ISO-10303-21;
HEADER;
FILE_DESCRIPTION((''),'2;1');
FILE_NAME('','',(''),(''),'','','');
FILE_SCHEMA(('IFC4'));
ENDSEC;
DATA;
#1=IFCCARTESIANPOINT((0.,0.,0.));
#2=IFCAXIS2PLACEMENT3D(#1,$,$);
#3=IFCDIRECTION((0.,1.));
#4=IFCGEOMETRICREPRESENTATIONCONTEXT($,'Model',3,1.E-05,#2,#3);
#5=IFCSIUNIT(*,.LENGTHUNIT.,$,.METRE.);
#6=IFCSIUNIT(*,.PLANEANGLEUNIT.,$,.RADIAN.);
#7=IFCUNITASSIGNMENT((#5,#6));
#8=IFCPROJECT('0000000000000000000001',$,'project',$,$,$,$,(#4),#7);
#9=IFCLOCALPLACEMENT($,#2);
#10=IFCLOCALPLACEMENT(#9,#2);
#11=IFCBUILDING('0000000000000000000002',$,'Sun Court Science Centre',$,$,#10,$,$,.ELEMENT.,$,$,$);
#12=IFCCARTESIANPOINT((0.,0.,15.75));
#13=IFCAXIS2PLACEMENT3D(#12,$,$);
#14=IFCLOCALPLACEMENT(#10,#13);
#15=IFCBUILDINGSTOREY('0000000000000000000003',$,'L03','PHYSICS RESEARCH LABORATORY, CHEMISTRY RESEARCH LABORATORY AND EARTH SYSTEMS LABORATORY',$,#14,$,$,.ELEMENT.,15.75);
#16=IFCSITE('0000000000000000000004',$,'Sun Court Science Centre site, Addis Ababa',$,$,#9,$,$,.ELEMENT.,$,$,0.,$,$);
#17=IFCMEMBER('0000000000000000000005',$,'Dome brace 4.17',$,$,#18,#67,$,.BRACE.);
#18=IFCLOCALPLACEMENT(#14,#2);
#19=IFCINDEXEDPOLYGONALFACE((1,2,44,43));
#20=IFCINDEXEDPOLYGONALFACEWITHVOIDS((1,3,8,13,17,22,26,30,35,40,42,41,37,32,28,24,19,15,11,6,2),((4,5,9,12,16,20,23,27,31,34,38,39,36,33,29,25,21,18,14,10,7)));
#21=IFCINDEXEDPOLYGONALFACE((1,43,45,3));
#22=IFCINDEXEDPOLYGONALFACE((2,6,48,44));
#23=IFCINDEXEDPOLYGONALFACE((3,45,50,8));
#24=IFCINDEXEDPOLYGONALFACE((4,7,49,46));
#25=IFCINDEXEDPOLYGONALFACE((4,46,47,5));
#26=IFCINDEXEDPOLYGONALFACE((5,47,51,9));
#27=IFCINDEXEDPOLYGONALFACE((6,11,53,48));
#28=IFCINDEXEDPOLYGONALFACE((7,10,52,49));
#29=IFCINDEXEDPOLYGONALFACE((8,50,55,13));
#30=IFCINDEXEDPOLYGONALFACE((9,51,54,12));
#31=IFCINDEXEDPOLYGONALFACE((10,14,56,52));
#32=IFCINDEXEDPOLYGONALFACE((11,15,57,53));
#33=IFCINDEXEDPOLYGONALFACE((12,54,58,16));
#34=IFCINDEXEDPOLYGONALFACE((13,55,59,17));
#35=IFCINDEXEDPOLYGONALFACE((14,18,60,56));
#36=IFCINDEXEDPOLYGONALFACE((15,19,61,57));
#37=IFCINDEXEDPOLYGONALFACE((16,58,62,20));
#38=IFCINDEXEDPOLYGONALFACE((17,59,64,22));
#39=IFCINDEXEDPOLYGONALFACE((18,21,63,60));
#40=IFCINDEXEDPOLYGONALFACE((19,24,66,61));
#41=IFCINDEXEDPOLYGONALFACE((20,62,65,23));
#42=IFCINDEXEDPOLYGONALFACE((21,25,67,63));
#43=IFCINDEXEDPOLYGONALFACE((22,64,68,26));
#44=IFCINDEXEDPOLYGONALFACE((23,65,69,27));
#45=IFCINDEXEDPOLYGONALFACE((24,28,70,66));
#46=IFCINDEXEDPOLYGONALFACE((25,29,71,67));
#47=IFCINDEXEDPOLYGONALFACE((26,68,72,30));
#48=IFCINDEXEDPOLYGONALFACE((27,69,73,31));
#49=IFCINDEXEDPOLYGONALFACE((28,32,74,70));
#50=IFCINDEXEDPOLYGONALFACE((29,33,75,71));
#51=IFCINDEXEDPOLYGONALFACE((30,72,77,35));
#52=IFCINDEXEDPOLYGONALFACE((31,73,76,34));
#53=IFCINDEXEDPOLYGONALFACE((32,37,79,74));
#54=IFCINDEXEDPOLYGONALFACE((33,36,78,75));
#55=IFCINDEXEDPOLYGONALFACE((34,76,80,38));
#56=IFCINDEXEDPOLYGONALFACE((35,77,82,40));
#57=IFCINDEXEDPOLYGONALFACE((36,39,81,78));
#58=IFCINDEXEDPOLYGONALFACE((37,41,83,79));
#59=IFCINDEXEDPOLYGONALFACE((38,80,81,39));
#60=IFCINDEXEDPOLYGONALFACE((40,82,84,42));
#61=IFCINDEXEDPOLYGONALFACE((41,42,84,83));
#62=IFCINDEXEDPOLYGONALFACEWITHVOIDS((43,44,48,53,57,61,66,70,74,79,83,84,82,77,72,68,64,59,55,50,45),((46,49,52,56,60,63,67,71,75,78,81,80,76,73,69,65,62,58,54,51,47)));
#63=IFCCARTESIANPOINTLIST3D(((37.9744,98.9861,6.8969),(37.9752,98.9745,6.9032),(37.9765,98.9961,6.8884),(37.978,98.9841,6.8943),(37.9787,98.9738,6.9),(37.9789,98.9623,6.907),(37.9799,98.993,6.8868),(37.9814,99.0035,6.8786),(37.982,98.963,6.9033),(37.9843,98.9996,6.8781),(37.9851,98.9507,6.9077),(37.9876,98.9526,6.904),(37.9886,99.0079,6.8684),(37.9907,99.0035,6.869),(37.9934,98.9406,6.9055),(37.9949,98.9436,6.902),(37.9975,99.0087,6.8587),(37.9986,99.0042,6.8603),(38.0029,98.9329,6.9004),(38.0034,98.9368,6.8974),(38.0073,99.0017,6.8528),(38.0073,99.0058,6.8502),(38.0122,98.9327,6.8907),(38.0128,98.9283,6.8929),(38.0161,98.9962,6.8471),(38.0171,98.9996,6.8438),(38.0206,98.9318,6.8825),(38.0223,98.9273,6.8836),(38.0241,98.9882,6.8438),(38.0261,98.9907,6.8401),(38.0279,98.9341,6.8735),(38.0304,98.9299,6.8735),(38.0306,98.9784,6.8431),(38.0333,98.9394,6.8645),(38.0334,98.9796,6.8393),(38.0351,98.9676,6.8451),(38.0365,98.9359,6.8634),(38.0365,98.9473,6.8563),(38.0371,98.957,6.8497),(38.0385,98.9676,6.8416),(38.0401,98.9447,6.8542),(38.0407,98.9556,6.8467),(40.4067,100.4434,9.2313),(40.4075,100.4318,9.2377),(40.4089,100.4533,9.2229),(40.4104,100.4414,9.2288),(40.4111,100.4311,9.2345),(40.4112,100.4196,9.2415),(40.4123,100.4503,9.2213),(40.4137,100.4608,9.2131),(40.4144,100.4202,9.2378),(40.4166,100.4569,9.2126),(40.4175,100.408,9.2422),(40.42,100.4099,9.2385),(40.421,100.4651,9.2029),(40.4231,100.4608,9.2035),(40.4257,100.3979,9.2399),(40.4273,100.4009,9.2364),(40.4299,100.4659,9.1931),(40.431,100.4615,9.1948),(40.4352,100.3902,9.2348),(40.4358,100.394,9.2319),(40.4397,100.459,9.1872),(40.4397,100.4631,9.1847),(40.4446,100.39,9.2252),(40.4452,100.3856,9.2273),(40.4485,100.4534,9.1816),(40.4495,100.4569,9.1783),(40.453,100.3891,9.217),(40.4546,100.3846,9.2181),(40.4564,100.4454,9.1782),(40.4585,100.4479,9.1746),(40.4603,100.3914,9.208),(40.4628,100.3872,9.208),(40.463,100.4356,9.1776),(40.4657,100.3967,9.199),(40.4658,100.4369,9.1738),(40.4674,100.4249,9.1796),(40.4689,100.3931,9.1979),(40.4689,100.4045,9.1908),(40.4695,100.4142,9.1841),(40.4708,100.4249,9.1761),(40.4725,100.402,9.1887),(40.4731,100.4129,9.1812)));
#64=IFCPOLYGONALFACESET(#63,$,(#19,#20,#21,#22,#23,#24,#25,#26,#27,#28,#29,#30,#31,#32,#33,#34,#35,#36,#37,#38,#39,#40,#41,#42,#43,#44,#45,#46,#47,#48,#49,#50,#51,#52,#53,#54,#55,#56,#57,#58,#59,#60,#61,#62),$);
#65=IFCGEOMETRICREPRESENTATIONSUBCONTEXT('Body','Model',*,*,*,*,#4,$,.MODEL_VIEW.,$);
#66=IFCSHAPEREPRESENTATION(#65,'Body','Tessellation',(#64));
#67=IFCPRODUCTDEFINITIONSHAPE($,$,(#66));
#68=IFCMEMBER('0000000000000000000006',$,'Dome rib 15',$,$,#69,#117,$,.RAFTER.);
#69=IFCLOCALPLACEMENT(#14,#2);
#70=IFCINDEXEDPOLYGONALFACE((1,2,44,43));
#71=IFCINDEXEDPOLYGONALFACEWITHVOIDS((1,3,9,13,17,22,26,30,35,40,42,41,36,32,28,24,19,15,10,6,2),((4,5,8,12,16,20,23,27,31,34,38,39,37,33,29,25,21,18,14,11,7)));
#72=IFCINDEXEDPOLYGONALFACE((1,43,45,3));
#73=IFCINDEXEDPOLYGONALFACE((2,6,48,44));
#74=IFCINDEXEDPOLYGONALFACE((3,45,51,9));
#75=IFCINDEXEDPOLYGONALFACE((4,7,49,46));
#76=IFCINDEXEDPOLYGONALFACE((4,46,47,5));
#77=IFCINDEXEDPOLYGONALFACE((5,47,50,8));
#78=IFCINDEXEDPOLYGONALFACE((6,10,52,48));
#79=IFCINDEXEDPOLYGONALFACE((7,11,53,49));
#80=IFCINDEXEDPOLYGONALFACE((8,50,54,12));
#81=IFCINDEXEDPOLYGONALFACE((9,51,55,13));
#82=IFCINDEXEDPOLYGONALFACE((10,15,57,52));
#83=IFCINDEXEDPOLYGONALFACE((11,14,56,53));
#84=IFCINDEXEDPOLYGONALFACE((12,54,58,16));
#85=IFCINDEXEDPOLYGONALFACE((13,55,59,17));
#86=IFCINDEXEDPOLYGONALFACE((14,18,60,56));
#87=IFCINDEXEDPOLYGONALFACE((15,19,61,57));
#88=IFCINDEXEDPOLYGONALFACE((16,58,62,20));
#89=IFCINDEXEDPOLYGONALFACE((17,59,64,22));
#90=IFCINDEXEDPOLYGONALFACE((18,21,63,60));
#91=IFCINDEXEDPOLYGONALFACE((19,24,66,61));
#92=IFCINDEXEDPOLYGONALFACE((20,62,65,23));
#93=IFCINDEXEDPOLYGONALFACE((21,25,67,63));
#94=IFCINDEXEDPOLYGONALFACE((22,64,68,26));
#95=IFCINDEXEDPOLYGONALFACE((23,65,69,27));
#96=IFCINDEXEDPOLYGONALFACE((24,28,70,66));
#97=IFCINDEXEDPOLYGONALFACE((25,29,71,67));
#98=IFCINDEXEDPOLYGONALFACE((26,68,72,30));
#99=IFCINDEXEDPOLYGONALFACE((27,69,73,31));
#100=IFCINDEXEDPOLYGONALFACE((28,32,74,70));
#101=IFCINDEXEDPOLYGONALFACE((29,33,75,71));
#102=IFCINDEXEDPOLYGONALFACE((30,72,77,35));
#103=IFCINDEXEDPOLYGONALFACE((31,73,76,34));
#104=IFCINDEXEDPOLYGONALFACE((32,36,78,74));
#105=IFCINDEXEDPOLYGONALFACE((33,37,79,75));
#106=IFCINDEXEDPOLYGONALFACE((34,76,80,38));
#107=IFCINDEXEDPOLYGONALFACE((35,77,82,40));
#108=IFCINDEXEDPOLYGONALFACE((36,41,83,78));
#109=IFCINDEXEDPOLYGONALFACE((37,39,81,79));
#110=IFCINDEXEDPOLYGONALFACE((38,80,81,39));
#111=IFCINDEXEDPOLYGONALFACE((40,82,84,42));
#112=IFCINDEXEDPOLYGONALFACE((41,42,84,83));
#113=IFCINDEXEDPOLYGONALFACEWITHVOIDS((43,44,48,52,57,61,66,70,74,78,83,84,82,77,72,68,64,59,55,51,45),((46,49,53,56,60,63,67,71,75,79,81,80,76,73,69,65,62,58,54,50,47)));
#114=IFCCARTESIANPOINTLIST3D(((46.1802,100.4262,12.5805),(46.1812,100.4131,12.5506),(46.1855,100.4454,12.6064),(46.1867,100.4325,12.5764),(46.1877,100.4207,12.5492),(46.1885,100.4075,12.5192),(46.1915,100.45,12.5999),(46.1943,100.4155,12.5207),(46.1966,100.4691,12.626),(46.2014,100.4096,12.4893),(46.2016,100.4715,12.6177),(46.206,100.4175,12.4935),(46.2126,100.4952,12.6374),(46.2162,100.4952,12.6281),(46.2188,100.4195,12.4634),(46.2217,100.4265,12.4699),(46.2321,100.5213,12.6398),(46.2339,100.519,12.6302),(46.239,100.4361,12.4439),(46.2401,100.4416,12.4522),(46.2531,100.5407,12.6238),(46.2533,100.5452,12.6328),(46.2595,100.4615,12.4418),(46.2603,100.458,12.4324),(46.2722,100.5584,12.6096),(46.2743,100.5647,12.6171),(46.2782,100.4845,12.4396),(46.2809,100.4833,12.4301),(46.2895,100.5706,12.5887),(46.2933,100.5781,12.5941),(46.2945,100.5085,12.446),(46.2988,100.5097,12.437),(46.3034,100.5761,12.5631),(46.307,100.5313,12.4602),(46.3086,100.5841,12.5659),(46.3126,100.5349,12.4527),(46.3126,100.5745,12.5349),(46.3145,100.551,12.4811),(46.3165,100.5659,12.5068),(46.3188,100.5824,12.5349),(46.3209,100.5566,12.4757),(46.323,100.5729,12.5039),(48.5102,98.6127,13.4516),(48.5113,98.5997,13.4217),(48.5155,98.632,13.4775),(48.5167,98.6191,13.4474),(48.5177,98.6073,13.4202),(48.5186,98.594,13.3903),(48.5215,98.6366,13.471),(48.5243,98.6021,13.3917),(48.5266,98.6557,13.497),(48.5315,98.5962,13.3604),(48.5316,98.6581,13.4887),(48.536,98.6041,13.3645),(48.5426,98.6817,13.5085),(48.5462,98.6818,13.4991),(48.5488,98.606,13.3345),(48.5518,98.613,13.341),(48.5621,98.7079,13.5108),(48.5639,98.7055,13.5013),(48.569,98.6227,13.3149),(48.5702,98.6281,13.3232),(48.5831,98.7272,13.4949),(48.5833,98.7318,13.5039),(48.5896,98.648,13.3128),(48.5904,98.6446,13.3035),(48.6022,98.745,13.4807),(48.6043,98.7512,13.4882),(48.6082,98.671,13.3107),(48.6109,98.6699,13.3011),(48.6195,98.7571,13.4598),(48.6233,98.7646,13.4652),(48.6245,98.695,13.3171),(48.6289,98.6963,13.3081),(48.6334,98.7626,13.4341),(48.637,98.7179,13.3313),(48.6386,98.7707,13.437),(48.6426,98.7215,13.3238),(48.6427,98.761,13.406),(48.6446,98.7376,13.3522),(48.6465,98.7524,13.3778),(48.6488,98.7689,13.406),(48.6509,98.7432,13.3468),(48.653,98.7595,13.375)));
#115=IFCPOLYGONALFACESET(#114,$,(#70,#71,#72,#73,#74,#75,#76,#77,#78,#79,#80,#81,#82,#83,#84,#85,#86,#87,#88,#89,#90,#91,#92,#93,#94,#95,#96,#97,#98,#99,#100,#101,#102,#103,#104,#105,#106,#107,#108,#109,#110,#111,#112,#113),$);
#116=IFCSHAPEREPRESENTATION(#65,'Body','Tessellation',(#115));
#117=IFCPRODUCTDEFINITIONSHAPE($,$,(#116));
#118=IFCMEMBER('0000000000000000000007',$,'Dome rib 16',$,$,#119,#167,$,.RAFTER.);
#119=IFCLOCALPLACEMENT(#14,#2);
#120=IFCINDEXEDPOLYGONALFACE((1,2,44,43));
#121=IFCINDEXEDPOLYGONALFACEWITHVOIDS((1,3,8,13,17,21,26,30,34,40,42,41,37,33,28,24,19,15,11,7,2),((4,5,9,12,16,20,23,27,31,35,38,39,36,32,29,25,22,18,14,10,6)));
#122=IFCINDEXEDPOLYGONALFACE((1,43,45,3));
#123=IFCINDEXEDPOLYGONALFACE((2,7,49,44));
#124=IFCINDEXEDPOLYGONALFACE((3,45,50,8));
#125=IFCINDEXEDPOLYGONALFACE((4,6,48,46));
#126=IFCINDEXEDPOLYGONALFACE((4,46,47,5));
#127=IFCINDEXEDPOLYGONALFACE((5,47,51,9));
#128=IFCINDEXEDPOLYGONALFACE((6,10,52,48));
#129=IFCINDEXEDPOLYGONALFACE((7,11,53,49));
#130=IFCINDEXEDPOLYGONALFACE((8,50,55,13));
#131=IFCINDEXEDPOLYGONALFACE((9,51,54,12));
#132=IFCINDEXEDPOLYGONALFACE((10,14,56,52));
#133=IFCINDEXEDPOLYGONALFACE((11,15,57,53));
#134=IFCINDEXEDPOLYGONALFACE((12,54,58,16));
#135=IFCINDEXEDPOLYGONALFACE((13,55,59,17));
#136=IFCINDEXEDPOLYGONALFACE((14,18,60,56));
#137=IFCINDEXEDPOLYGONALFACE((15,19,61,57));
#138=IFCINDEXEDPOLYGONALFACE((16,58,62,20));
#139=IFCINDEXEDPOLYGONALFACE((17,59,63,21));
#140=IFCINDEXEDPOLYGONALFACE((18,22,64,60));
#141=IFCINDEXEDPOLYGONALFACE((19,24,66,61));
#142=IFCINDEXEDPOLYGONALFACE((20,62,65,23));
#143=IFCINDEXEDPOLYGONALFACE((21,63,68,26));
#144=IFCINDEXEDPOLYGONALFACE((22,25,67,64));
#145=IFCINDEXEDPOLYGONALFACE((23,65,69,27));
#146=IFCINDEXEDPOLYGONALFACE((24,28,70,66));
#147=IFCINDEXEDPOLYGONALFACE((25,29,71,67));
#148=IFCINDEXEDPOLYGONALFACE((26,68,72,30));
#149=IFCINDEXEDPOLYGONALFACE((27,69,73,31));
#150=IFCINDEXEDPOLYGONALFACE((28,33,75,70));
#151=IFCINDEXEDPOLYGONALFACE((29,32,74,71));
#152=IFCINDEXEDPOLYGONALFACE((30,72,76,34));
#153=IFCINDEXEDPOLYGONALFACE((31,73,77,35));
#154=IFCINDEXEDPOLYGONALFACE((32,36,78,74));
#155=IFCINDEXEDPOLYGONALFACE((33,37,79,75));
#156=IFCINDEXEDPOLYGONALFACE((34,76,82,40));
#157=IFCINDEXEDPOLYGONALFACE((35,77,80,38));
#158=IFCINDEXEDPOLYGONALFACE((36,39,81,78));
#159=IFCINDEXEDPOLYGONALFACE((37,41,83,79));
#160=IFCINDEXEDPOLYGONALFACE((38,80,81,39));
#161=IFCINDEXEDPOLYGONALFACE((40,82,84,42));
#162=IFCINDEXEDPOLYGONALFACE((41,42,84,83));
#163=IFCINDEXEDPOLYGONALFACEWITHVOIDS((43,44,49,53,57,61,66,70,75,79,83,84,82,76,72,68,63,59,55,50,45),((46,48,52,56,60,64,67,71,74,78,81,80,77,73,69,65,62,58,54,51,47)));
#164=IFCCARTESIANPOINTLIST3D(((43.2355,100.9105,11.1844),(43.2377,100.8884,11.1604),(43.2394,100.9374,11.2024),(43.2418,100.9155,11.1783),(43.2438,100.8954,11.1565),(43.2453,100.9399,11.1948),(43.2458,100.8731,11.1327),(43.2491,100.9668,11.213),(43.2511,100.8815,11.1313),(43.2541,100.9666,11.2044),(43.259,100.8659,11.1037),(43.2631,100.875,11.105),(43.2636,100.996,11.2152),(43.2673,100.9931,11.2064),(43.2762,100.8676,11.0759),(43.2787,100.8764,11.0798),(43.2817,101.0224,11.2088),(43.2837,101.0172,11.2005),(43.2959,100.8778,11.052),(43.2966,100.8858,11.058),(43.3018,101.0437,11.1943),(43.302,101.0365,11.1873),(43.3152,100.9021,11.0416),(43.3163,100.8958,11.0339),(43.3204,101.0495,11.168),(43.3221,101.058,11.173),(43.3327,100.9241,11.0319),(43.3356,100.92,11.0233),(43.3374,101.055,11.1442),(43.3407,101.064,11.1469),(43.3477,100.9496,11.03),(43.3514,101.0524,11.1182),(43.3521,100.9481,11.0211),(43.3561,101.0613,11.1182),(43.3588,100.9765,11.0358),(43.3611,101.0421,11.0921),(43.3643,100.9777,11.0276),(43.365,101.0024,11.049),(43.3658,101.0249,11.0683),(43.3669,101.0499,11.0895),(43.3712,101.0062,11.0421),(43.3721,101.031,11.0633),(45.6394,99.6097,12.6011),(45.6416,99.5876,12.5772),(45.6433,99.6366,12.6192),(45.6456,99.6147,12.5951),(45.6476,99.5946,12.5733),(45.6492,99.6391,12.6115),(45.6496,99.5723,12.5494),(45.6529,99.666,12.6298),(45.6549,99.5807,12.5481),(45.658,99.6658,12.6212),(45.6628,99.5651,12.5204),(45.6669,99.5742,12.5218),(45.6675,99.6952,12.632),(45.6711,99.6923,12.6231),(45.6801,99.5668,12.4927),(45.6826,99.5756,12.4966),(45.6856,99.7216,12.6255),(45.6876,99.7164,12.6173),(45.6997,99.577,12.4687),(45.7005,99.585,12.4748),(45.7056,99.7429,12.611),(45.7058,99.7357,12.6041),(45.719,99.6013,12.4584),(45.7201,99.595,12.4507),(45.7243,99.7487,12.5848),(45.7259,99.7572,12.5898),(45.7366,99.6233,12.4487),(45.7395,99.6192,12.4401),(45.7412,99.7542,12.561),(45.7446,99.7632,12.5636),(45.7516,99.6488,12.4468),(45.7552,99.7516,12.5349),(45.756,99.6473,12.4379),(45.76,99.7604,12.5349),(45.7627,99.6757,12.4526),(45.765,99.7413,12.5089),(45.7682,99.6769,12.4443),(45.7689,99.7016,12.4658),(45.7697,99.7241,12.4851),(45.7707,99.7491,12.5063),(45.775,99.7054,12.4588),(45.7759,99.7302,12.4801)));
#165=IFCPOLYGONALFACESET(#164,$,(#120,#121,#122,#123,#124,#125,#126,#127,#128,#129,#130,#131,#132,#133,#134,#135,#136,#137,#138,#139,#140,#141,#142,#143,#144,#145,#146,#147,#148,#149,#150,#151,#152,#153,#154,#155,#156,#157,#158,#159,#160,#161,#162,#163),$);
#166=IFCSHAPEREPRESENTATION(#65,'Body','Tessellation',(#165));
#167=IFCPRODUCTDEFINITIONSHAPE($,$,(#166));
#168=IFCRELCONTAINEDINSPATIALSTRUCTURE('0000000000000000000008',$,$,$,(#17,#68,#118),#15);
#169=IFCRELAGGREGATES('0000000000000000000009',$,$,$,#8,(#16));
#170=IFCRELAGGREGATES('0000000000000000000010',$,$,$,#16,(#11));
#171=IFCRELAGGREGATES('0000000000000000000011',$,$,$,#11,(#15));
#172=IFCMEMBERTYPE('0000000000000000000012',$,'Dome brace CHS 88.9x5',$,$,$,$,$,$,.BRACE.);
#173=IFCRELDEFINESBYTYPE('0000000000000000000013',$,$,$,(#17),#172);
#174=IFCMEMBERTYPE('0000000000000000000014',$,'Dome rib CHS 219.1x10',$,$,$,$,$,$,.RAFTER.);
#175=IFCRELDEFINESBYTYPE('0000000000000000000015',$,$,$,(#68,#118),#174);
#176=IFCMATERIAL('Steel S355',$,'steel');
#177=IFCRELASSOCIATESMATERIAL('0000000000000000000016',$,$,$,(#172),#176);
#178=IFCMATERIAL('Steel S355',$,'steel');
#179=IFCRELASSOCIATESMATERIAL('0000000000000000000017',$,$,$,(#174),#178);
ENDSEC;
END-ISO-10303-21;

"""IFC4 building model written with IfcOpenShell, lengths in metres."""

from ifc_helpers import new_model, si_unit, direction, frame, origin, origin_2d, place, context, subcontext, project, spatial, hollow_circle, extrude, material, material_profile, profile_set, type_object, element, save


model = new_model("IFC4")

# Units and contexts
model_context = context("Model", 3, precision=1e-05, world=origin(), true_north=direction((0.0, 1.0)))
body_context = subcontext(model_context, "Body", "Model", "MODEL_VIEW")
ifc_project = project(units=[si_unit("LENGTHUNIT", "METRE"), si_unit("PLANEANGLEUNIT", "RADIAN")], contexts=[model_context])

# Site, building, storey
site_placement = place(None, origin())
site = spatial("IfcSite", under=ifc_project, at=site_placement, Name="Sun Court Science Centre site, Addis Ababa", CompositionType="ELEMENT", RefElevation=0.0)
building_placement = place(site_placement, origin())
building = spatial("IfcBuilding", under=site, at=building_placement, Name="Sun Court Science Centre", CompositionType="ELEMENT")
storey_placement = place(building_placement, frame((0.0, 0.0, 15.75)))
storey = spatial("IfcBuildingStorey", under=building, at=storey_placement, Name="L03", Description="PHYSICS RESEARCH LABORATORY, CHEMISTRY RESEARCH LABORATORY AND EARTH SYSTEMS LABORATORY", CompositionType="ELEMENT", Elevation=15.75)

# Members
ifc_material_1 = material(Name="Steel S355", Category="steel")
ifc_material_profile_1 = material_profile(ifc_material_1, hollow_circle(Radius=0.0444, WallThickness=0.0049, at=origin_2d()), Name="CHS 88.9x5")
ifc_profile_set_1 = profile_set([ifc_material_profile_1], Name="Steel S355")
member_type_1 = type_object("IfcMemberType", Name="Dome brace CHS 88.9x5", PredefinedType="BRACE", material=ifc_profile_set_1)
member_1_placement = place(storey_placement, frame((40.4399, 100.4253, 9.208), z_axis=(-0.662257, -0.396769, -0.635602), x_axis=(0.513939, -0.857827, 0.0)))
element("IfcMember", 1, at=member_1_placement, inside=storey, type_object=member_type_1, Name="Dome brace 4.17", PredefinedType="BRACE", context=body_context, shape_type="SweptSolid", body=[
    extrude(hollow_circle(Radius=0.0444, WallThickness=0.0049, at=origin_2d()), origin(), (0.0, 0.0, 1.0), 3.6729),
])
ifc_material_2 = material(Name="Steel S355", Category="steel")
ifc_material_profile_2 = material_profile(ifc_material_2, hollow_circle(Radius=0.1096, WallThickness=0.01, at=origin_2d()), Name="CHS 219.1x10")
ifc_profile_set_2 = profile_set([ifc_material_profile_2], Name="Steel S355")
member_type_2 = type_object("IfcMemberType", Name="Dome rib CHS 219.1x10", PredefinedType="RAFTER", material=ifc_profile_set_2)
member_2_placement = place(storey_placement, frame((46.2515, 100.4958, 12.5349), z_axis=(0.756903, -0.58909, 0.282966), x_axis=(0.614192, 0.789156, 0.0)))
element("IfcMember", 2, at=member_2_placement, inside=storey, type_object=member_type_2, Name="Dome rib 15", PredefinedType="RAFTER", context=body_context, shape_type="SweptSolid", body=[
    extrude(hollow_circle(Radius=0.1096, WallThickness=0.01, at=origin_2d()), origin(), (0.0, 0.0, 1.0), 3.0784),
])
for number, where, z_axis, x_axis, name in (
    (3, (43.304, 100.9648, 11.1182), (0.780824, -0.42253, 0.460199), (0.475921, 0.879488, 0.0), "Dome rib 16"),
):
    element("IfcMember", number, at=place(storey_placement, frame(where, z_axis=z_axis, x_axis=x_axis)), inside=storey, type_object=member_type_2, Name=name, PredefinedType="RAFTER", context=body_context, shape_type="SweptSolid", body=[
        extrude(hollow_circle(Radius=0.1096, WallThickness=0.01, at=origin_2d()), origin(), (0.0, 0.0, 1.0), 3.0786),
    ])

save(model, "model.ifc")
